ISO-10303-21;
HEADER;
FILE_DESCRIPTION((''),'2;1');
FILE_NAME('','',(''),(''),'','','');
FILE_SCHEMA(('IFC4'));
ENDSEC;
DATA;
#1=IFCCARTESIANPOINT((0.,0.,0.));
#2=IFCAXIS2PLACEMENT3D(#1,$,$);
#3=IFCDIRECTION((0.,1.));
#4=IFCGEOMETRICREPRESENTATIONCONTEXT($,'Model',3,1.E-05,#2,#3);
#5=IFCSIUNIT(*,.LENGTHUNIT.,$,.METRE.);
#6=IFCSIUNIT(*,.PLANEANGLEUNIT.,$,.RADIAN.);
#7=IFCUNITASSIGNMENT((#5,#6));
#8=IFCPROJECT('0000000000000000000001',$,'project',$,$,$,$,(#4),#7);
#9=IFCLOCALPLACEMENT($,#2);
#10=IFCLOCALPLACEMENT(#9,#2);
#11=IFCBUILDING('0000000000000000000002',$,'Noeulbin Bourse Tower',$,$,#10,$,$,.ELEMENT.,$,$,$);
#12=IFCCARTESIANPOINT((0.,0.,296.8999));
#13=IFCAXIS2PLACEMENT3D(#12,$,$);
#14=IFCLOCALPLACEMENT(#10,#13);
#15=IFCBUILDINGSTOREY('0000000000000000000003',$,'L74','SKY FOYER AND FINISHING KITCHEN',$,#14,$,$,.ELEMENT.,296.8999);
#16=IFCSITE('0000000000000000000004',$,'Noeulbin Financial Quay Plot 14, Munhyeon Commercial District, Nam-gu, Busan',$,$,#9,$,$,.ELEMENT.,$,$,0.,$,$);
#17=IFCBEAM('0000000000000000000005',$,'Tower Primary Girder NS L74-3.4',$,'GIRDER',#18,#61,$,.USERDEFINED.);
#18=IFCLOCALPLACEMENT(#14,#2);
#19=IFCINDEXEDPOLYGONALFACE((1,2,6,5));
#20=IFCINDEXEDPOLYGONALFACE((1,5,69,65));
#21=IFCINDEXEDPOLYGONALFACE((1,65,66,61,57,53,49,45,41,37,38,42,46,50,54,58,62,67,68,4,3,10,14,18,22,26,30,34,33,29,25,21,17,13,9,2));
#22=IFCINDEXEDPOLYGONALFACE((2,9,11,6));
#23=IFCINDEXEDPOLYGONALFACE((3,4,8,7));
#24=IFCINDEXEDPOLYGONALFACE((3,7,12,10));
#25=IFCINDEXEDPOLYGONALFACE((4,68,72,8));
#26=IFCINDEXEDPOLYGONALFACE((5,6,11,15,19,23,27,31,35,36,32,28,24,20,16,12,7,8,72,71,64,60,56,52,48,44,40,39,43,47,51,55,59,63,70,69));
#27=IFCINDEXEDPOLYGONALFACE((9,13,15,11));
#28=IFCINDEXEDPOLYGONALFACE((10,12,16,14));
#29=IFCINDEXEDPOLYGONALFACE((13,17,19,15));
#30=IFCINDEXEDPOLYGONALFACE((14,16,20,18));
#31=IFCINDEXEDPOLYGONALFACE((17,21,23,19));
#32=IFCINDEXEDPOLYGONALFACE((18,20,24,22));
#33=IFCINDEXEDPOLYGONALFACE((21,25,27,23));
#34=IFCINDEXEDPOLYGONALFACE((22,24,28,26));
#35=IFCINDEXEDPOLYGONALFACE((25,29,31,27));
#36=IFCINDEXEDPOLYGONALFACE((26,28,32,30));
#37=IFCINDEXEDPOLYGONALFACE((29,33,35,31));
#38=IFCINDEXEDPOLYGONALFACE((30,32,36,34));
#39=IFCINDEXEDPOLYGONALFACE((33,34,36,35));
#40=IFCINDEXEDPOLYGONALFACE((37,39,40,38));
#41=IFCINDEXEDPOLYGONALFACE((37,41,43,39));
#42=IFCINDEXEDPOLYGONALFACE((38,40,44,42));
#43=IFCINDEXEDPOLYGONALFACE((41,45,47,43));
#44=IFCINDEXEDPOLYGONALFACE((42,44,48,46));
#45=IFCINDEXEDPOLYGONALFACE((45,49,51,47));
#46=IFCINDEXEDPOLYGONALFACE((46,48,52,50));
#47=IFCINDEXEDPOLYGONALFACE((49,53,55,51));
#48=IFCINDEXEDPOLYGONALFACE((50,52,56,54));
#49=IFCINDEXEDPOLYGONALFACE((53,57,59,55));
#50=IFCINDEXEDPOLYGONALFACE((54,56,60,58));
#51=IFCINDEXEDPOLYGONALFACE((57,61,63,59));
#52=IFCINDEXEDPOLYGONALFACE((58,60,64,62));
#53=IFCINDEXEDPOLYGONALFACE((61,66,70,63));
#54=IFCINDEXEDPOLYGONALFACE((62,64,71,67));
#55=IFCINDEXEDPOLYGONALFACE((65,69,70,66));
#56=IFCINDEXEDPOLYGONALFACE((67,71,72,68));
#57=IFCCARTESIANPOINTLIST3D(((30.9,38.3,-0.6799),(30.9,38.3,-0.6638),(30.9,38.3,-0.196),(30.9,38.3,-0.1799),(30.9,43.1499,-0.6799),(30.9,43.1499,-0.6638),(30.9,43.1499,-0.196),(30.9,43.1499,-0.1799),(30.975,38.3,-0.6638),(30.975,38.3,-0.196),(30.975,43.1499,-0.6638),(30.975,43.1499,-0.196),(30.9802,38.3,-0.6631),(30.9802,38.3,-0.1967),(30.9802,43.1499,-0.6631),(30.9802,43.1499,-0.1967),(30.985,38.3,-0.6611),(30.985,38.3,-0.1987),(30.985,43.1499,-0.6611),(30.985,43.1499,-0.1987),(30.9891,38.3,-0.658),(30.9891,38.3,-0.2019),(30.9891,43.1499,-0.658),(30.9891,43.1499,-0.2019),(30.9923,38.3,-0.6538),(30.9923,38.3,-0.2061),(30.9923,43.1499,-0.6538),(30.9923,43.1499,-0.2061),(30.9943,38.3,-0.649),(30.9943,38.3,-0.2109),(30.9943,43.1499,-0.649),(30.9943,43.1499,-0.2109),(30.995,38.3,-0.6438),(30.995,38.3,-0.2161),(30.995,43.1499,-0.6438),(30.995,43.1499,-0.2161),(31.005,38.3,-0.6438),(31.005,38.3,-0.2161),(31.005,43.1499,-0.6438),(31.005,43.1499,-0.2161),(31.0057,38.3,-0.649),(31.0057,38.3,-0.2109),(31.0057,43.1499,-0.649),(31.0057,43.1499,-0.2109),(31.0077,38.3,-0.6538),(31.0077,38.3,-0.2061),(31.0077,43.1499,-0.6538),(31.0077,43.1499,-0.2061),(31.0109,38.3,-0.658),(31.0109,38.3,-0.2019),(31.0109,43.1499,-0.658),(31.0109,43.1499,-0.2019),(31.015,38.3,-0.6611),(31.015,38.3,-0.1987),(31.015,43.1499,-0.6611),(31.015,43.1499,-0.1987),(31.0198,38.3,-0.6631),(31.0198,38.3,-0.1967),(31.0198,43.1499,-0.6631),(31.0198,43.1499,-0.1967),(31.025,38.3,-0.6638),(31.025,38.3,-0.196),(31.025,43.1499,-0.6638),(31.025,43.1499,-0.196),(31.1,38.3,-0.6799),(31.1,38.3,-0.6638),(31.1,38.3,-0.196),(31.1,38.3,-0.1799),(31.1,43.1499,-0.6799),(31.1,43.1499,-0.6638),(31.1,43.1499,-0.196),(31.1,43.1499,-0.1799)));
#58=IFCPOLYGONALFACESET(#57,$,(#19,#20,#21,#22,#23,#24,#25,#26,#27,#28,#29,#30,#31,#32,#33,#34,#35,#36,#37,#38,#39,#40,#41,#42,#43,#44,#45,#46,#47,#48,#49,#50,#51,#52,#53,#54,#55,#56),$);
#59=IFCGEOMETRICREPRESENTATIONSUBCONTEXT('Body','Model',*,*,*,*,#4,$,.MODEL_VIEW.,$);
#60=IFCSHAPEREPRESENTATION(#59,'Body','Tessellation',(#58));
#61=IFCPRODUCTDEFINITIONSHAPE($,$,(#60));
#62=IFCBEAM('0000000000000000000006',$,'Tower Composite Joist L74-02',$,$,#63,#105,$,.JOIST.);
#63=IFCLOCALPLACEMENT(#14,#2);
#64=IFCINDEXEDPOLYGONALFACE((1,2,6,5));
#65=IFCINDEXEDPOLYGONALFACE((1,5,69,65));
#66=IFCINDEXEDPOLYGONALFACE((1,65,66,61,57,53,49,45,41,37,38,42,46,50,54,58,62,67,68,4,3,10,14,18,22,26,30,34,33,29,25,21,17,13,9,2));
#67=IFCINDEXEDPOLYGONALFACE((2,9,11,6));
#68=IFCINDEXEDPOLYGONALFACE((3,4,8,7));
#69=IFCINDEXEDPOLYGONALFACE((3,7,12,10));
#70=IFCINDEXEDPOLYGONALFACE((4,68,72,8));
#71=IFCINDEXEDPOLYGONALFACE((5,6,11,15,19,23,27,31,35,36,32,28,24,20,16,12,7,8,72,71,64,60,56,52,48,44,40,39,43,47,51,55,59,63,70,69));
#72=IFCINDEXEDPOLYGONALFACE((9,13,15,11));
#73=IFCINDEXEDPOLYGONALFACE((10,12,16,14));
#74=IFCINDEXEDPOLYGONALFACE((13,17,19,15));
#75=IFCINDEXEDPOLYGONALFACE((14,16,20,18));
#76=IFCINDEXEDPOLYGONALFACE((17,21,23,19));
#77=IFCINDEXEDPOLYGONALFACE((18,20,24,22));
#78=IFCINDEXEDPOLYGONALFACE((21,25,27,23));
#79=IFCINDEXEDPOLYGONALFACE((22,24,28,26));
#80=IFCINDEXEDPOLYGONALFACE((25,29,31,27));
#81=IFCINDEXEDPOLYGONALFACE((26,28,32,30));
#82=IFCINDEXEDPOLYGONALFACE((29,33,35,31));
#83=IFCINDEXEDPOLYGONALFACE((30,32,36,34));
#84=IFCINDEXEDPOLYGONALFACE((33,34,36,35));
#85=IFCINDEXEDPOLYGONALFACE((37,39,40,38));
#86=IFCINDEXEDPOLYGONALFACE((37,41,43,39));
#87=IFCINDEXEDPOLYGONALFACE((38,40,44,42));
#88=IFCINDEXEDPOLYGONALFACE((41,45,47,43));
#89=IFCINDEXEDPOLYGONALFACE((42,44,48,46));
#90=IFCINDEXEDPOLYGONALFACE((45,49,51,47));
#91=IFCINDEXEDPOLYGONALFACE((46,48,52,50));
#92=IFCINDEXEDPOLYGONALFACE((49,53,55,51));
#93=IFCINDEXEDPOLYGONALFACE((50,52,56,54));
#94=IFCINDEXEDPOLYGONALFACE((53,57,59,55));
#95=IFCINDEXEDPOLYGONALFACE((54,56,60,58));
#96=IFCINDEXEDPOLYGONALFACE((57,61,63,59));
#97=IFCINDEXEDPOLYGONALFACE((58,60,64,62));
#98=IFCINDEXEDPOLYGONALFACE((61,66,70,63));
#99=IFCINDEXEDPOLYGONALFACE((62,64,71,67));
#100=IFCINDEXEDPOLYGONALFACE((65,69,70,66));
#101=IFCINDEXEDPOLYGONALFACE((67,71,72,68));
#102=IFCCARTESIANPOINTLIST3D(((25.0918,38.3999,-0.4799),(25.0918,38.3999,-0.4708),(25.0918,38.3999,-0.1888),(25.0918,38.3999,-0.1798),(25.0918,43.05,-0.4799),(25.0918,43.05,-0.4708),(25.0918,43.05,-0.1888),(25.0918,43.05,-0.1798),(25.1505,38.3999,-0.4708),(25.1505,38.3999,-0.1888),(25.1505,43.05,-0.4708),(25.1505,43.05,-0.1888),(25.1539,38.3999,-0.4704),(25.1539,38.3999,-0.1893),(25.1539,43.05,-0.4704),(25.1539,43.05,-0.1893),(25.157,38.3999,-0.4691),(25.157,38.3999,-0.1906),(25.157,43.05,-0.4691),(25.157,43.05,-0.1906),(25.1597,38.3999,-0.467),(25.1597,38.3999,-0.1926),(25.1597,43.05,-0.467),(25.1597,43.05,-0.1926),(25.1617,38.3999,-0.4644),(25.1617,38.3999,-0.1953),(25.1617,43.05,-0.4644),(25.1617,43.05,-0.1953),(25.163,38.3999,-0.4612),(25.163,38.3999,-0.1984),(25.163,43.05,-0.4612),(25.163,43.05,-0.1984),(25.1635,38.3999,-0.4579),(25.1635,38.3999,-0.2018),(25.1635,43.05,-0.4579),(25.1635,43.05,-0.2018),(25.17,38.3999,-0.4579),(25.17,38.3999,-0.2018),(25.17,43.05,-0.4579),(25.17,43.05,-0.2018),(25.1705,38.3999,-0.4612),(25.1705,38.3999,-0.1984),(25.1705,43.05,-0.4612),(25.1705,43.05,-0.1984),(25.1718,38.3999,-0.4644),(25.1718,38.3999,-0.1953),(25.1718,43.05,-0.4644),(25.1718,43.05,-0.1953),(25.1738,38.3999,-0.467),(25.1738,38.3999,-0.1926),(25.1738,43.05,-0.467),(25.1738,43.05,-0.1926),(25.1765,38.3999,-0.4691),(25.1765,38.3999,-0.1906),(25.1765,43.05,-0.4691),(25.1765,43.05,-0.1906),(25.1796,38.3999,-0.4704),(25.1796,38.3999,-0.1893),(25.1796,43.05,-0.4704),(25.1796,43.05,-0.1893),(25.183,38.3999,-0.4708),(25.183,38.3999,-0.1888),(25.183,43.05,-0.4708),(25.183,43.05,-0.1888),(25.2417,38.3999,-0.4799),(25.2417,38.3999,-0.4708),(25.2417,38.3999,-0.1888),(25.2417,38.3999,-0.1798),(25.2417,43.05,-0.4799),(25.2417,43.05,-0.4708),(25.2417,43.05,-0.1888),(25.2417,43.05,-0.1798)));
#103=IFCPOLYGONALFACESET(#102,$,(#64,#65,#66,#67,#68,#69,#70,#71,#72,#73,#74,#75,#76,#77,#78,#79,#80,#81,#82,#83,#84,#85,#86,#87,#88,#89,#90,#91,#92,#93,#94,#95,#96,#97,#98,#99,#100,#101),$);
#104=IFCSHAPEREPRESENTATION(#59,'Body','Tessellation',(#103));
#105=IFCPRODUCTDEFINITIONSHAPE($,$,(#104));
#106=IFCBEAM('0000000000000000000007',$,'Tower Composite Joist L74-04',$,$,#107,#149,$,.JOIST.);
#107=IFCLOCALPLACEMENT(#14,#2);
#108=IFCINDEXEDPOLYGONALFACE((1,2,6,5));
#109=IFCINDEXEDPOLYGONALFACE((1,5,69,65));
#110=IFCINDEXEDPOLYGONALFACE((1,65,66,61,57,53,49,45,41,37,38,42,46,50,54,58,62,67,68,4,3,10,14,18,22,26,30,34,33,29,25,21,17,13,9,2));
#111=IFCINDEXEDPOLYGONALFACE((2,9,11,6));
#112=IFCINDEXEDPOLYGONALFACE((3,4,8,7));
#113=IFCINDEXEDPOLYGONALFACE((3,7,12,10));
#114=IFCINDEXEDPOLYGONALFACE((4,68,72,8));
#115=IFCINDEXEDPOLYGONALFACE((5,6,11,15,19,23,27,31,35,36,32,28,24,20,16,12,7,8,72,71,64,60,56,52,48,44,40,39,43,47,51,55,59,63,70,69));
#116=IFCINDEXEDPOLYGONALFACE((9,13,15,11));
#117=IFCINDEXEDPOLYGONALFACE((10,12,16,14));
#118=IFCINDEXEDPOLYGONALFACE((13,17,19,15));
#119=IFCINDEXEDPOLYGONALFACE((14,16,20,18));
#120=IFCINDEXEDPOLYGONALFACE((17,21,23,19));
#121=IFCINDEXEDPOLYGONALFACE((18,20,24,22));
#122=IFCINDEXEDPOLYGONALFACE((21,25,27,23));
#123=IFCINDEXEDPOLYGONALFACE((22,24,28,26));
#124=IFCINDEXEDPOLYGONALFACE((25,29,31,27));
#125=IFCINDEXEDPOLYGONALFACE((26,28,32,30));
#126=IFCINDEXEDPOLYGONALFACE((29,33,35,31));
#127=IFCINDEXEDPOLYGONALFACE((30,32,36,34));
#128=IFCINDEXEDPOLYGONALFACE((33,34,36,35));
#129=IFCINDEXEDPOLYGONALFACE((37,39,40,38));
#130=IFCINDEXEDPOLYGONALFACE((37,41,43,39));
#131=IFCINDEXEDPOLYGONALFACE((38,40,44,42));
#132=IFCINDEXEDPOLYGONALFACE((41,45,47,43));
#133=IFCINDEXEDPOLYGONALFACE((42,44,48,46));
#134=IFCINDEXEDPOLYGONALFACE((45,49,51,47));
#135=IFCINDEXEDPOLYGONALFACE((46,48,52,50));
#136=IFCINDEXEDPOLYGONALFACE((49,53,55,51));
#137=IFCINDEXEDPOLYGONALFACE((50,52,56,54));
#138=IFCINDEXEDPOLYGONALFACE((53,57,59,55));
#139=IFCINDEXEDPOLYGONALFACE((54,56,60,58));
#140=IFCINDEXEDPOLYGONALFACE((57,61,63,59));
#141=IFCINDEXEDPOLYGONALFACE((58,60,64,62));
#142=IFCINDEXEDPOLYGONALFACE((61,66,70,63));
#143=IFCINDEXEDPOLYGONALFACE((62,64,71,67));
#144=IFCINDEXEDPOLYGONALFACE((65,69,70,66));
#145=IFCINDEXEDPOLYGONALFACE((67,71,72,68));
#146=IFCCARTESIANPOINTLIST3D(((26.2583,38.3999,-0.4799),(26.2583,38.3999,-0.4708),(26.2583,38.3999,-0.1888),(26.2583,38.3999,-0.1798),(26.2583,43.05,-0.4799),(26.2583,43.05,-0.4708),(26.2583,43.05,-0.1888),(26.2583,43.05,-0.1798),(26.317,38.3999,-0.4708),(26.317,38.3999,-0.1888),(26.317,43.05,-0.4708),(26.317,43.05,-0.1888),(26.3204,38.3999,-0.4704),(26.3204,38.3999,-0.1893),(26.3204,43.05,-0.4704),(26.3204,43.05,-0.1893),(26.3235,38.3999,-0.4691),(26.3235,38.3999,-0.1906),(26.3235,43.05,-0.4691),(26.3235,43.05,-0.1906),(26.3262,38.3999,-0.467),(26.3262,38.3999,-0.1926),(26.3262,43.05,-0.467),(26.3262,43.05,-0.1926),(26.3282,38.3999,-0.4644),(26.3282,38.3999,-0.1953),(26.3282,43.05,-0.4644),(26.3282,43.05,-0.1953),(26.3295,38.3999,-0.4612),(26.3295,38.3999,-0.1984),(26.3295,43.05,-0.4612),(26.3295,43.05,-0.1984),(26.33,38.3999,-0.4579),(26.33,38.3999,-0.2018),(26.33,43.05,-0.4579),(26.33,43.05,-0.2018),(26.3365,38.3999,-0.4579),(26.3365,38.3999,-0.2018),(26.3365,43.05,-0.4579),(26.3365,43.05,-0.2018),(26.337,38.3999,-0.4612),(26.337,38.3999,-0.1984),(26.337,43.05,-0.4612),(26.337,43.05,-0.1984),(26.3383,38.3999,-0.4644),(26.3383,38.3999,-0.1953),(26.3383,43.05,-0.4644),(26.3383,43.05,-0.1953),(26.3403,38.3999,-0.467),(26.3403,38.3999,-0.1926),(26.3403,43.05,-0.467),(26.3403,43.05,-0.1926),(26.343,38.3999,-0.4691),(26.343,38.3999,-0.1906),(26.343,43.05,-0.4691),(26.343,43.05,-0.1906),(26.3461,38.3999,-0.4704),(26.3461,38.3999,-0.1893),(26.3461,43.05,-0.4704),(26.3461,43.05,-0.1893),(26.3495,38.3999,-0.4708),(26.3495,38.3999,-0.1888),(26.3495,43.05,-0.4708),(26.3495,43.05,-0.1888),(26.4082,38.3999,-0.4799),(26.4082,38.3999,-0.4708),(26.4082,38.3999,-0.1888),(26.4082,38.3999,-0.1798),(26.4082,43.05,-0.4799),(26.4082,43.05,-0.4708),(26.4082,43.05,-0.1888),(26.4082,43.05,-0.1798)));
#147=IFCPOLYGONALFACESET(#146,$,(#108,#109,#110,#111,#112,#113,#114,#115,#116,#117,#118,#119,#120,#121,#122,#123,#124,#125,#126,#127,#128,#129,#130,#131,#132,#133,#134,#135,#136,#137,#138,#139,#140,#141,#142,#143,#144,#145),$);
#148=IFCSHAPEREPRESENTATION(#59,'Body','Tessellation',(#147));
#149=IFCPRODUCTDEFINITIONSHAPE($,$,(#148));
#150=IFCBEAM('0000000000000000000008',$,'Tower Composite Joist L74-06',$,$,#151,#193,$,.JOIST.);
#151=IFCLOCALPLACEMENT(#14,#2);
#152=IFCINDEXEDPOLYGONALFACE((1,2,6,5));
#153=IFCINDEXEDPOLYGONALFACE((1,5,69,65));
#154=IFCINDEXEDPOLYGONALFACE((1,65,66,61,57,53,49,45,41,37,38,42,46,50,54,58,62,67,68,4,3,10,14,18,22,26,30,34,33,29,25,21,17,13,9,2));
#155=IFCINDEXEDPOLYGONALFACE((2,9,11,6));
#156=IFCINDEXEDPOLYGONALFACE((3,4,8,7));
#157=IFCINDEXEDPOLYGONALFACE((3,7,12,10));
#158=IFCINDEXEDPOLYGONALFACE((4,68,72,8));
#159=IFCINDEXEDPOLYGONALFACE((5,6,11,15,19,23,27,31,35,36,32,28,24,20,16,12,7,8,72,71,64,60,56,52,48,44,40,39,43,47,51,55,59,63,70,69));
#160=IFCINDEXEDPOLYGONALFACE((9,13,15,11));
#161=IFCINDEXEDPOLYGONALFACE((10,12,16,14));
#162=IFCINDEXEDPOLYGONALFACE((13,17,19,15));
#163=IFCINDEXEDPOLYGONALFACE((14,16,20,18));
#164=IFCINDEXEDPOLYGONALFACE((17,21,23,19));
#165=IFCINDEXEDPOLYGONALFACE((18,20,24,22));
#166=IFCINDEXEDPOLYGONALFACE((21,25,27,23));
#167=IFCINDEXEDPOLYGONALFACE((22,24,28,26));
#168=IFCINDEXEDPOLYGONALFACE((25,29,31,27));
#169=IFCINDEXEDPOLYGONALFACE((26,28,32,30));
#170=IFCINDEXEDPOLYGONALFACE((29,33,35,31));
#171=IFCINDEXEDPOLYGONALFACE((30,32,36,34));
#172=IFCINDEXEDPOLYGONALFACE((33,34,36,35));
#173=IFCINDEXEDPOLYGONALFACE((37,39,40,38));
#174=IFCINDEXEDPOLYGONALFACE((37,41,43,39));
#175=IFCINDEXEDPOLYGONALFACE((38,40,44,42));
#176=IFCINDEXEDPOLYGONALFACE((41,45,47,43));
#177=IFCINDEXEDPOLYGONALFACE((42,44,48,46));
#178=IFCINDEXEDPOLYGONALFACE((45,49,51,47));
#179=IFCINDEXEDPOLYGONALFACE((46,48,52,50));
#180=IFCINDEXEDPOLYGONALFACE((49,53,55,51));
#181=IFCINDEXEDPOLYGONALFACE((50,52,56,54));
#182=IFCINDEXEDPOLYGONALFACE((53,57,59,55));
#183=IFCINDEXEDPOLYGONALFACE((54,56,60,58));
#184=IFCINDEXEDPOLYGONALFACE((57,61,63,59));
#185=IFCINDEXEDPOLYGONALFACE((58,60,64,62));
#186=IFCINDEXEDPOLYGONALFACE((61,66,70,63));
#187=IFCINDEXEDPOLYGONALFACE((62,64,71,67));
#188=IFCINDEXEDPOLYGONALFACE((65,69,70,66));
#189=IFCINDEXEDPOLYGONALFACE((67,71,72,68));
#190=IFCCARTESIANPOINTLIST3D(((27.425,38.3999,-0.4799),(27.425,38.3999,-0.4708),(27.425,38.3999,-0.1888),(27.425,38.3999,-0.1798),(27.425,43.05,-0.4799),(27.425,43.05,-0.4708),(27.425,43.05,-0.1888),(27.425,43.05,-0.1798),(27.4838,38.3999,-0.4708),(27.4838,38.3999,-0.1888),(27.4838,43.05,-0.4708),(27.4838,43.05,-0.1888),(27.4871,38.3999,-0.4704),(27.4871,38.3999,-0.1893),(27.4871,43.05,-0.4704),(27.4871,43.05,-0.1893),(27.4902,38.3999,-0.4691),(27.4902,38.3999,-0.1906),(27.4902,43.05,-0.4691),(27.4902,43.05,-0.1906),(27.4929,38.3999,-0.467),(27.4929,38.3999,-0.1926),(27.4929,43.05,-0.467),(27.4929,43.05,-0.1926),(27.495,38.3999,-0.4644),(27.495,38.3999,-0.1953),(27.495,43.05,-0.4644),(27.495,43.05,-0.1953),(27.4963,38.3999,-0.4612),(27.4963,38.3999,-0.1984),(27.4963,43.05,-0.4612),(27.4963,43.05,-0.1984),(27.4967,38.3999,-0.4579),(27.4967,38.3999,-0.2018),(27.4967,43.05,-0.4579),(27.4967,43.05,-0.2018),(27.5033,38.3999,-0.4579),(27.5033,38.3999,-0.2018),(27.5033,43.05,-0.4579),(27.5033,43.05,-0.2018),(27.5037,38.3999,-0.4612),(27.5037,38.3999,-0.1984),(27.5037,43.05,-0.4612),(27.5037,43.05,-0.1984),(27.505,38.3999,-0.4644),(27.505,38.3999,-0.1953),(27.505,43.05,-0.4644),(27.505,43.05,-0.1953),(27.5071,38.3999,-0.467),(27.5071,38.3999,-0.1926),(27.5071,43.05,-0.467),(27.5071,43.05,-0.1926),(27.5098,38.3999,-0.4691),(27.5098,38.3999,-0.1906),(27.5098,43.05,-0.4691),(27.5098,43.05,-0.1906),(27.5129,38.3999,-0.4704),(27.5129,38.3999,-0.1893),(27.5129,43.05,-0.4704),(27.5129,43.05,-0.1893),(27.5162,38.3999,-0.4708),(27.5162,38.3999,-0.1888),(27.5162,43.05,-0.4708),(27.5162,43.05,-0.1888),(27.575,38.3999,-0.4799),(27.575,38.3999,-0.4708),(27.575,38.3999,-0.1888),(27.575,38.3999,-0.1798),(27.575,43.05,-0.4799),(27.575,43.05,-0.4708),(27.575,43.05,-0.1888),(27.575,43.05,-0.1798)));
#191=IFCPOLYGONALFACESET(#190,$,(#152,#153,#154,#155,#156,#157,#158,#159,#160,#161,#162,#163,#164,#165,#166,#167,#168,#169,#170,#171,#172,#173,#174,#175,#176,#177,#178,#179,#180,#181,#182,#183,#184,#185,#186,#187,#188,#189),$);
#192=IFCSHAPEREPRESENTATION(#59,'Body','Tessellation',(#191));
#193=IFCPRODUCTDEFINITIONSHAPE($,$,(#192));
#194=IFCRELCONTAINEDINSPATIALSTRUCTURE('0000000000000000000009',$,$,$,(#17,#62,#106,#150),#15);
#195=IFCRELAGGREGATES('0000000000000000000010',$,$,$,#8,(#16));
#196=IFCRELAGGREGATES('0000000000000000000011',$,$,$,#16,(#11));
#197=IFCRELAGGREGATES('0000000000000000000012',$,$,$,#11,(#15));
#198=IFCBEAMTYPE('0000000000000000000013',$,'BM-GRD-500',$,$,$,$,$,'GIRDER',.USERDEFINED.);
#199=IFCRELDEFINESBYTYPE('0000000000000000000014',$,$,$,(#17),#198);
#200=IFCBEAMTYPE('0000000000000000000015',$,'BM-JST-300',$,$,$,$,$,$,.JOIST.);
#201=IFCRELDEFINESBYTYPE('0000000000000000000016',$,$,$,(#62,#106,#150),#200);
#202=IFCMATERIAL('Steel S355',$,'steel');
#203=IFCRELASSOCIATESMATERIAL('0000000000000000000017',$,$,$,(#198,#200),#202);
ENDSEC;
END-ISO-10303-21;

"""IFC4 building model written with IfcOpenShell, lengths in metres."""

from ifc_helpers import new_model, si_unit, direction, frame, origin, origin_2d, place, context, subcontext, project, spatial, i_section, extrude, material, material_profile, profile_set, type_object, element, save


model = new_model("IFC4")

# Units and contexts
model_context = context("Model", 3, precision=1e-05, world=origin(), true_north=direction((0.0, 1.0)))
body_context = subcontext(model_context, "Body", "Model", "MODEL_VIEW")
ifc_project = project(units=[si_unit("LENGTHUNIT", "METRE"), si_unit("PLANEANGLEUNIT", "RADIAN")], contexts=[model_context])

# Site, building, storey
site_placement = place(None, origin())
site = spatial("IfcSite", under=ifc_project, at=site_placement, Name="Noeulbin Financial Quay Plot 14, Munhyeon Commercial District, Nam-gu, Busan", CompositionType="ELEMENT", RefElevation=0.0)
building_placement = place(site_placement, origin())
building = spatial("IfcBuilding", under=site, at=building_placement, Name="Noeulbin Bourse Tower", CompositionType="ELEMENT")
storey_placement = place(building_placement, frame((0.0, 0.0, 296.8999)))
storey = spatial("IfcBuildingStorey", under=building, at=storey_placement, Name="L74", Description="SKY FOYER AND FINISHING KITCHEN", CompositionType="ELEMENT", Elevation=296.8999)

# Shared definitions
ifc_material_1 = material(Name="Steel S355", Category="steel")

# Beams
ifc_material_profile_1 = material_profile(ifc_material_1, i_section(OverallWidth=0.2, OverallDepth=0.5, WebThickness=0.01, FlangeThickness=0.0161, FilletRadius=0.02, at=origin_2d()), Name="H-500x200x10x16", Category="LoadBearing")
ifc_profile_set_1 = profile_set([ifc_material_profile_1], Name="Steel S355")
beam_type_1 = type_object("IfcBeamType", Name="BM-GRD-500", ElementType="GIRDER", PredefinedType="USERDEFINED", material=ifc_profile_set_1)
for number, where, z_axis, x_axis, name in (
    (1, (31.0, 38.3, -0.4299), (0.0, 1.0, 0.0), (-1.0, 0.0, 0.0), "Tower Primary Girder NS L74-3.4"),
):
    element("IfcBeam", number, at=place(storey_placement, frame(where, z_axis=z_axis, x_axis=x_axis)), inside=storey, type_object=beam_type_1, Name=name, ObjectType="GIRDER", PredefinedType="USERDEFINED", context=body_context, shape_type="SweptSolid", body=[
        extrude(i_section(OverallWidth=0.2, OverallDepth=0.5, WebThickness=0.01, FlangeThickness=0.0161, FilletRadius=0.02, at=origin_2d()), origin(), (0.0, 0.0, 1.0), 4.8499),
    ])
ifc_material_profile_2 = material_profile(ifc_material_1, i_section(OverallWidth=0.1499, OverallDepth=0.3, WebThickness=0.0066, FlangeThickness=0.009, FilletRadius=0.0129, at=origin_2d()), Name="H-300x150x6.5x9", Category="LoadBearing")
ifc_profile_set_2 = profile_set([ifc_material_profile_2], Name="Steel S355")
beam_type_2 = type_object("IfcBeamType", Name="BM-JST-300", PredefinedType="JOIST", material=ifc_profile_set_2)
for number, where, z_axis, x_axis, name in (
    (2, (25.1667, 38.3999, -0.3298), (0.0, 1.0, 0.0), (-1.0, 0.0, 0.0), "Tower Composite Joist L74-02"),
    (3, (26.3333, 38.3999, -0.3298), (0.0, 1.0, 0.0), (-1.0, 0.0, 0.0), "Tower Composite Joist L74-04"),
    (4, (27.5, 38.3999, -0.3298), (0.0, 1.0, 0.0), (-1.0, 0.0, 0.0), "Tower Composite Joist L74-06"),
):
    element("IfcBeam", number, at=place(storey_placement, frame(where, z_axis=z_axis, x_axis=x_axis)), inside=storey, type_object=beam_type_2, Name=name, PredefinedType="JOIST", context=body_context, shape_type="SweptSolid", body=[
        extrude(i_section(OverallWidth=0.1499, OverallDepth=0.3, WebThickness=0.0066, FlangeThickness=0.009, FilletRadius=0.0129, at=origin_2d()), origin(), (0.0, 0.0, 1.0), 4.6501),
    ])

save(model, "model.ifc")
